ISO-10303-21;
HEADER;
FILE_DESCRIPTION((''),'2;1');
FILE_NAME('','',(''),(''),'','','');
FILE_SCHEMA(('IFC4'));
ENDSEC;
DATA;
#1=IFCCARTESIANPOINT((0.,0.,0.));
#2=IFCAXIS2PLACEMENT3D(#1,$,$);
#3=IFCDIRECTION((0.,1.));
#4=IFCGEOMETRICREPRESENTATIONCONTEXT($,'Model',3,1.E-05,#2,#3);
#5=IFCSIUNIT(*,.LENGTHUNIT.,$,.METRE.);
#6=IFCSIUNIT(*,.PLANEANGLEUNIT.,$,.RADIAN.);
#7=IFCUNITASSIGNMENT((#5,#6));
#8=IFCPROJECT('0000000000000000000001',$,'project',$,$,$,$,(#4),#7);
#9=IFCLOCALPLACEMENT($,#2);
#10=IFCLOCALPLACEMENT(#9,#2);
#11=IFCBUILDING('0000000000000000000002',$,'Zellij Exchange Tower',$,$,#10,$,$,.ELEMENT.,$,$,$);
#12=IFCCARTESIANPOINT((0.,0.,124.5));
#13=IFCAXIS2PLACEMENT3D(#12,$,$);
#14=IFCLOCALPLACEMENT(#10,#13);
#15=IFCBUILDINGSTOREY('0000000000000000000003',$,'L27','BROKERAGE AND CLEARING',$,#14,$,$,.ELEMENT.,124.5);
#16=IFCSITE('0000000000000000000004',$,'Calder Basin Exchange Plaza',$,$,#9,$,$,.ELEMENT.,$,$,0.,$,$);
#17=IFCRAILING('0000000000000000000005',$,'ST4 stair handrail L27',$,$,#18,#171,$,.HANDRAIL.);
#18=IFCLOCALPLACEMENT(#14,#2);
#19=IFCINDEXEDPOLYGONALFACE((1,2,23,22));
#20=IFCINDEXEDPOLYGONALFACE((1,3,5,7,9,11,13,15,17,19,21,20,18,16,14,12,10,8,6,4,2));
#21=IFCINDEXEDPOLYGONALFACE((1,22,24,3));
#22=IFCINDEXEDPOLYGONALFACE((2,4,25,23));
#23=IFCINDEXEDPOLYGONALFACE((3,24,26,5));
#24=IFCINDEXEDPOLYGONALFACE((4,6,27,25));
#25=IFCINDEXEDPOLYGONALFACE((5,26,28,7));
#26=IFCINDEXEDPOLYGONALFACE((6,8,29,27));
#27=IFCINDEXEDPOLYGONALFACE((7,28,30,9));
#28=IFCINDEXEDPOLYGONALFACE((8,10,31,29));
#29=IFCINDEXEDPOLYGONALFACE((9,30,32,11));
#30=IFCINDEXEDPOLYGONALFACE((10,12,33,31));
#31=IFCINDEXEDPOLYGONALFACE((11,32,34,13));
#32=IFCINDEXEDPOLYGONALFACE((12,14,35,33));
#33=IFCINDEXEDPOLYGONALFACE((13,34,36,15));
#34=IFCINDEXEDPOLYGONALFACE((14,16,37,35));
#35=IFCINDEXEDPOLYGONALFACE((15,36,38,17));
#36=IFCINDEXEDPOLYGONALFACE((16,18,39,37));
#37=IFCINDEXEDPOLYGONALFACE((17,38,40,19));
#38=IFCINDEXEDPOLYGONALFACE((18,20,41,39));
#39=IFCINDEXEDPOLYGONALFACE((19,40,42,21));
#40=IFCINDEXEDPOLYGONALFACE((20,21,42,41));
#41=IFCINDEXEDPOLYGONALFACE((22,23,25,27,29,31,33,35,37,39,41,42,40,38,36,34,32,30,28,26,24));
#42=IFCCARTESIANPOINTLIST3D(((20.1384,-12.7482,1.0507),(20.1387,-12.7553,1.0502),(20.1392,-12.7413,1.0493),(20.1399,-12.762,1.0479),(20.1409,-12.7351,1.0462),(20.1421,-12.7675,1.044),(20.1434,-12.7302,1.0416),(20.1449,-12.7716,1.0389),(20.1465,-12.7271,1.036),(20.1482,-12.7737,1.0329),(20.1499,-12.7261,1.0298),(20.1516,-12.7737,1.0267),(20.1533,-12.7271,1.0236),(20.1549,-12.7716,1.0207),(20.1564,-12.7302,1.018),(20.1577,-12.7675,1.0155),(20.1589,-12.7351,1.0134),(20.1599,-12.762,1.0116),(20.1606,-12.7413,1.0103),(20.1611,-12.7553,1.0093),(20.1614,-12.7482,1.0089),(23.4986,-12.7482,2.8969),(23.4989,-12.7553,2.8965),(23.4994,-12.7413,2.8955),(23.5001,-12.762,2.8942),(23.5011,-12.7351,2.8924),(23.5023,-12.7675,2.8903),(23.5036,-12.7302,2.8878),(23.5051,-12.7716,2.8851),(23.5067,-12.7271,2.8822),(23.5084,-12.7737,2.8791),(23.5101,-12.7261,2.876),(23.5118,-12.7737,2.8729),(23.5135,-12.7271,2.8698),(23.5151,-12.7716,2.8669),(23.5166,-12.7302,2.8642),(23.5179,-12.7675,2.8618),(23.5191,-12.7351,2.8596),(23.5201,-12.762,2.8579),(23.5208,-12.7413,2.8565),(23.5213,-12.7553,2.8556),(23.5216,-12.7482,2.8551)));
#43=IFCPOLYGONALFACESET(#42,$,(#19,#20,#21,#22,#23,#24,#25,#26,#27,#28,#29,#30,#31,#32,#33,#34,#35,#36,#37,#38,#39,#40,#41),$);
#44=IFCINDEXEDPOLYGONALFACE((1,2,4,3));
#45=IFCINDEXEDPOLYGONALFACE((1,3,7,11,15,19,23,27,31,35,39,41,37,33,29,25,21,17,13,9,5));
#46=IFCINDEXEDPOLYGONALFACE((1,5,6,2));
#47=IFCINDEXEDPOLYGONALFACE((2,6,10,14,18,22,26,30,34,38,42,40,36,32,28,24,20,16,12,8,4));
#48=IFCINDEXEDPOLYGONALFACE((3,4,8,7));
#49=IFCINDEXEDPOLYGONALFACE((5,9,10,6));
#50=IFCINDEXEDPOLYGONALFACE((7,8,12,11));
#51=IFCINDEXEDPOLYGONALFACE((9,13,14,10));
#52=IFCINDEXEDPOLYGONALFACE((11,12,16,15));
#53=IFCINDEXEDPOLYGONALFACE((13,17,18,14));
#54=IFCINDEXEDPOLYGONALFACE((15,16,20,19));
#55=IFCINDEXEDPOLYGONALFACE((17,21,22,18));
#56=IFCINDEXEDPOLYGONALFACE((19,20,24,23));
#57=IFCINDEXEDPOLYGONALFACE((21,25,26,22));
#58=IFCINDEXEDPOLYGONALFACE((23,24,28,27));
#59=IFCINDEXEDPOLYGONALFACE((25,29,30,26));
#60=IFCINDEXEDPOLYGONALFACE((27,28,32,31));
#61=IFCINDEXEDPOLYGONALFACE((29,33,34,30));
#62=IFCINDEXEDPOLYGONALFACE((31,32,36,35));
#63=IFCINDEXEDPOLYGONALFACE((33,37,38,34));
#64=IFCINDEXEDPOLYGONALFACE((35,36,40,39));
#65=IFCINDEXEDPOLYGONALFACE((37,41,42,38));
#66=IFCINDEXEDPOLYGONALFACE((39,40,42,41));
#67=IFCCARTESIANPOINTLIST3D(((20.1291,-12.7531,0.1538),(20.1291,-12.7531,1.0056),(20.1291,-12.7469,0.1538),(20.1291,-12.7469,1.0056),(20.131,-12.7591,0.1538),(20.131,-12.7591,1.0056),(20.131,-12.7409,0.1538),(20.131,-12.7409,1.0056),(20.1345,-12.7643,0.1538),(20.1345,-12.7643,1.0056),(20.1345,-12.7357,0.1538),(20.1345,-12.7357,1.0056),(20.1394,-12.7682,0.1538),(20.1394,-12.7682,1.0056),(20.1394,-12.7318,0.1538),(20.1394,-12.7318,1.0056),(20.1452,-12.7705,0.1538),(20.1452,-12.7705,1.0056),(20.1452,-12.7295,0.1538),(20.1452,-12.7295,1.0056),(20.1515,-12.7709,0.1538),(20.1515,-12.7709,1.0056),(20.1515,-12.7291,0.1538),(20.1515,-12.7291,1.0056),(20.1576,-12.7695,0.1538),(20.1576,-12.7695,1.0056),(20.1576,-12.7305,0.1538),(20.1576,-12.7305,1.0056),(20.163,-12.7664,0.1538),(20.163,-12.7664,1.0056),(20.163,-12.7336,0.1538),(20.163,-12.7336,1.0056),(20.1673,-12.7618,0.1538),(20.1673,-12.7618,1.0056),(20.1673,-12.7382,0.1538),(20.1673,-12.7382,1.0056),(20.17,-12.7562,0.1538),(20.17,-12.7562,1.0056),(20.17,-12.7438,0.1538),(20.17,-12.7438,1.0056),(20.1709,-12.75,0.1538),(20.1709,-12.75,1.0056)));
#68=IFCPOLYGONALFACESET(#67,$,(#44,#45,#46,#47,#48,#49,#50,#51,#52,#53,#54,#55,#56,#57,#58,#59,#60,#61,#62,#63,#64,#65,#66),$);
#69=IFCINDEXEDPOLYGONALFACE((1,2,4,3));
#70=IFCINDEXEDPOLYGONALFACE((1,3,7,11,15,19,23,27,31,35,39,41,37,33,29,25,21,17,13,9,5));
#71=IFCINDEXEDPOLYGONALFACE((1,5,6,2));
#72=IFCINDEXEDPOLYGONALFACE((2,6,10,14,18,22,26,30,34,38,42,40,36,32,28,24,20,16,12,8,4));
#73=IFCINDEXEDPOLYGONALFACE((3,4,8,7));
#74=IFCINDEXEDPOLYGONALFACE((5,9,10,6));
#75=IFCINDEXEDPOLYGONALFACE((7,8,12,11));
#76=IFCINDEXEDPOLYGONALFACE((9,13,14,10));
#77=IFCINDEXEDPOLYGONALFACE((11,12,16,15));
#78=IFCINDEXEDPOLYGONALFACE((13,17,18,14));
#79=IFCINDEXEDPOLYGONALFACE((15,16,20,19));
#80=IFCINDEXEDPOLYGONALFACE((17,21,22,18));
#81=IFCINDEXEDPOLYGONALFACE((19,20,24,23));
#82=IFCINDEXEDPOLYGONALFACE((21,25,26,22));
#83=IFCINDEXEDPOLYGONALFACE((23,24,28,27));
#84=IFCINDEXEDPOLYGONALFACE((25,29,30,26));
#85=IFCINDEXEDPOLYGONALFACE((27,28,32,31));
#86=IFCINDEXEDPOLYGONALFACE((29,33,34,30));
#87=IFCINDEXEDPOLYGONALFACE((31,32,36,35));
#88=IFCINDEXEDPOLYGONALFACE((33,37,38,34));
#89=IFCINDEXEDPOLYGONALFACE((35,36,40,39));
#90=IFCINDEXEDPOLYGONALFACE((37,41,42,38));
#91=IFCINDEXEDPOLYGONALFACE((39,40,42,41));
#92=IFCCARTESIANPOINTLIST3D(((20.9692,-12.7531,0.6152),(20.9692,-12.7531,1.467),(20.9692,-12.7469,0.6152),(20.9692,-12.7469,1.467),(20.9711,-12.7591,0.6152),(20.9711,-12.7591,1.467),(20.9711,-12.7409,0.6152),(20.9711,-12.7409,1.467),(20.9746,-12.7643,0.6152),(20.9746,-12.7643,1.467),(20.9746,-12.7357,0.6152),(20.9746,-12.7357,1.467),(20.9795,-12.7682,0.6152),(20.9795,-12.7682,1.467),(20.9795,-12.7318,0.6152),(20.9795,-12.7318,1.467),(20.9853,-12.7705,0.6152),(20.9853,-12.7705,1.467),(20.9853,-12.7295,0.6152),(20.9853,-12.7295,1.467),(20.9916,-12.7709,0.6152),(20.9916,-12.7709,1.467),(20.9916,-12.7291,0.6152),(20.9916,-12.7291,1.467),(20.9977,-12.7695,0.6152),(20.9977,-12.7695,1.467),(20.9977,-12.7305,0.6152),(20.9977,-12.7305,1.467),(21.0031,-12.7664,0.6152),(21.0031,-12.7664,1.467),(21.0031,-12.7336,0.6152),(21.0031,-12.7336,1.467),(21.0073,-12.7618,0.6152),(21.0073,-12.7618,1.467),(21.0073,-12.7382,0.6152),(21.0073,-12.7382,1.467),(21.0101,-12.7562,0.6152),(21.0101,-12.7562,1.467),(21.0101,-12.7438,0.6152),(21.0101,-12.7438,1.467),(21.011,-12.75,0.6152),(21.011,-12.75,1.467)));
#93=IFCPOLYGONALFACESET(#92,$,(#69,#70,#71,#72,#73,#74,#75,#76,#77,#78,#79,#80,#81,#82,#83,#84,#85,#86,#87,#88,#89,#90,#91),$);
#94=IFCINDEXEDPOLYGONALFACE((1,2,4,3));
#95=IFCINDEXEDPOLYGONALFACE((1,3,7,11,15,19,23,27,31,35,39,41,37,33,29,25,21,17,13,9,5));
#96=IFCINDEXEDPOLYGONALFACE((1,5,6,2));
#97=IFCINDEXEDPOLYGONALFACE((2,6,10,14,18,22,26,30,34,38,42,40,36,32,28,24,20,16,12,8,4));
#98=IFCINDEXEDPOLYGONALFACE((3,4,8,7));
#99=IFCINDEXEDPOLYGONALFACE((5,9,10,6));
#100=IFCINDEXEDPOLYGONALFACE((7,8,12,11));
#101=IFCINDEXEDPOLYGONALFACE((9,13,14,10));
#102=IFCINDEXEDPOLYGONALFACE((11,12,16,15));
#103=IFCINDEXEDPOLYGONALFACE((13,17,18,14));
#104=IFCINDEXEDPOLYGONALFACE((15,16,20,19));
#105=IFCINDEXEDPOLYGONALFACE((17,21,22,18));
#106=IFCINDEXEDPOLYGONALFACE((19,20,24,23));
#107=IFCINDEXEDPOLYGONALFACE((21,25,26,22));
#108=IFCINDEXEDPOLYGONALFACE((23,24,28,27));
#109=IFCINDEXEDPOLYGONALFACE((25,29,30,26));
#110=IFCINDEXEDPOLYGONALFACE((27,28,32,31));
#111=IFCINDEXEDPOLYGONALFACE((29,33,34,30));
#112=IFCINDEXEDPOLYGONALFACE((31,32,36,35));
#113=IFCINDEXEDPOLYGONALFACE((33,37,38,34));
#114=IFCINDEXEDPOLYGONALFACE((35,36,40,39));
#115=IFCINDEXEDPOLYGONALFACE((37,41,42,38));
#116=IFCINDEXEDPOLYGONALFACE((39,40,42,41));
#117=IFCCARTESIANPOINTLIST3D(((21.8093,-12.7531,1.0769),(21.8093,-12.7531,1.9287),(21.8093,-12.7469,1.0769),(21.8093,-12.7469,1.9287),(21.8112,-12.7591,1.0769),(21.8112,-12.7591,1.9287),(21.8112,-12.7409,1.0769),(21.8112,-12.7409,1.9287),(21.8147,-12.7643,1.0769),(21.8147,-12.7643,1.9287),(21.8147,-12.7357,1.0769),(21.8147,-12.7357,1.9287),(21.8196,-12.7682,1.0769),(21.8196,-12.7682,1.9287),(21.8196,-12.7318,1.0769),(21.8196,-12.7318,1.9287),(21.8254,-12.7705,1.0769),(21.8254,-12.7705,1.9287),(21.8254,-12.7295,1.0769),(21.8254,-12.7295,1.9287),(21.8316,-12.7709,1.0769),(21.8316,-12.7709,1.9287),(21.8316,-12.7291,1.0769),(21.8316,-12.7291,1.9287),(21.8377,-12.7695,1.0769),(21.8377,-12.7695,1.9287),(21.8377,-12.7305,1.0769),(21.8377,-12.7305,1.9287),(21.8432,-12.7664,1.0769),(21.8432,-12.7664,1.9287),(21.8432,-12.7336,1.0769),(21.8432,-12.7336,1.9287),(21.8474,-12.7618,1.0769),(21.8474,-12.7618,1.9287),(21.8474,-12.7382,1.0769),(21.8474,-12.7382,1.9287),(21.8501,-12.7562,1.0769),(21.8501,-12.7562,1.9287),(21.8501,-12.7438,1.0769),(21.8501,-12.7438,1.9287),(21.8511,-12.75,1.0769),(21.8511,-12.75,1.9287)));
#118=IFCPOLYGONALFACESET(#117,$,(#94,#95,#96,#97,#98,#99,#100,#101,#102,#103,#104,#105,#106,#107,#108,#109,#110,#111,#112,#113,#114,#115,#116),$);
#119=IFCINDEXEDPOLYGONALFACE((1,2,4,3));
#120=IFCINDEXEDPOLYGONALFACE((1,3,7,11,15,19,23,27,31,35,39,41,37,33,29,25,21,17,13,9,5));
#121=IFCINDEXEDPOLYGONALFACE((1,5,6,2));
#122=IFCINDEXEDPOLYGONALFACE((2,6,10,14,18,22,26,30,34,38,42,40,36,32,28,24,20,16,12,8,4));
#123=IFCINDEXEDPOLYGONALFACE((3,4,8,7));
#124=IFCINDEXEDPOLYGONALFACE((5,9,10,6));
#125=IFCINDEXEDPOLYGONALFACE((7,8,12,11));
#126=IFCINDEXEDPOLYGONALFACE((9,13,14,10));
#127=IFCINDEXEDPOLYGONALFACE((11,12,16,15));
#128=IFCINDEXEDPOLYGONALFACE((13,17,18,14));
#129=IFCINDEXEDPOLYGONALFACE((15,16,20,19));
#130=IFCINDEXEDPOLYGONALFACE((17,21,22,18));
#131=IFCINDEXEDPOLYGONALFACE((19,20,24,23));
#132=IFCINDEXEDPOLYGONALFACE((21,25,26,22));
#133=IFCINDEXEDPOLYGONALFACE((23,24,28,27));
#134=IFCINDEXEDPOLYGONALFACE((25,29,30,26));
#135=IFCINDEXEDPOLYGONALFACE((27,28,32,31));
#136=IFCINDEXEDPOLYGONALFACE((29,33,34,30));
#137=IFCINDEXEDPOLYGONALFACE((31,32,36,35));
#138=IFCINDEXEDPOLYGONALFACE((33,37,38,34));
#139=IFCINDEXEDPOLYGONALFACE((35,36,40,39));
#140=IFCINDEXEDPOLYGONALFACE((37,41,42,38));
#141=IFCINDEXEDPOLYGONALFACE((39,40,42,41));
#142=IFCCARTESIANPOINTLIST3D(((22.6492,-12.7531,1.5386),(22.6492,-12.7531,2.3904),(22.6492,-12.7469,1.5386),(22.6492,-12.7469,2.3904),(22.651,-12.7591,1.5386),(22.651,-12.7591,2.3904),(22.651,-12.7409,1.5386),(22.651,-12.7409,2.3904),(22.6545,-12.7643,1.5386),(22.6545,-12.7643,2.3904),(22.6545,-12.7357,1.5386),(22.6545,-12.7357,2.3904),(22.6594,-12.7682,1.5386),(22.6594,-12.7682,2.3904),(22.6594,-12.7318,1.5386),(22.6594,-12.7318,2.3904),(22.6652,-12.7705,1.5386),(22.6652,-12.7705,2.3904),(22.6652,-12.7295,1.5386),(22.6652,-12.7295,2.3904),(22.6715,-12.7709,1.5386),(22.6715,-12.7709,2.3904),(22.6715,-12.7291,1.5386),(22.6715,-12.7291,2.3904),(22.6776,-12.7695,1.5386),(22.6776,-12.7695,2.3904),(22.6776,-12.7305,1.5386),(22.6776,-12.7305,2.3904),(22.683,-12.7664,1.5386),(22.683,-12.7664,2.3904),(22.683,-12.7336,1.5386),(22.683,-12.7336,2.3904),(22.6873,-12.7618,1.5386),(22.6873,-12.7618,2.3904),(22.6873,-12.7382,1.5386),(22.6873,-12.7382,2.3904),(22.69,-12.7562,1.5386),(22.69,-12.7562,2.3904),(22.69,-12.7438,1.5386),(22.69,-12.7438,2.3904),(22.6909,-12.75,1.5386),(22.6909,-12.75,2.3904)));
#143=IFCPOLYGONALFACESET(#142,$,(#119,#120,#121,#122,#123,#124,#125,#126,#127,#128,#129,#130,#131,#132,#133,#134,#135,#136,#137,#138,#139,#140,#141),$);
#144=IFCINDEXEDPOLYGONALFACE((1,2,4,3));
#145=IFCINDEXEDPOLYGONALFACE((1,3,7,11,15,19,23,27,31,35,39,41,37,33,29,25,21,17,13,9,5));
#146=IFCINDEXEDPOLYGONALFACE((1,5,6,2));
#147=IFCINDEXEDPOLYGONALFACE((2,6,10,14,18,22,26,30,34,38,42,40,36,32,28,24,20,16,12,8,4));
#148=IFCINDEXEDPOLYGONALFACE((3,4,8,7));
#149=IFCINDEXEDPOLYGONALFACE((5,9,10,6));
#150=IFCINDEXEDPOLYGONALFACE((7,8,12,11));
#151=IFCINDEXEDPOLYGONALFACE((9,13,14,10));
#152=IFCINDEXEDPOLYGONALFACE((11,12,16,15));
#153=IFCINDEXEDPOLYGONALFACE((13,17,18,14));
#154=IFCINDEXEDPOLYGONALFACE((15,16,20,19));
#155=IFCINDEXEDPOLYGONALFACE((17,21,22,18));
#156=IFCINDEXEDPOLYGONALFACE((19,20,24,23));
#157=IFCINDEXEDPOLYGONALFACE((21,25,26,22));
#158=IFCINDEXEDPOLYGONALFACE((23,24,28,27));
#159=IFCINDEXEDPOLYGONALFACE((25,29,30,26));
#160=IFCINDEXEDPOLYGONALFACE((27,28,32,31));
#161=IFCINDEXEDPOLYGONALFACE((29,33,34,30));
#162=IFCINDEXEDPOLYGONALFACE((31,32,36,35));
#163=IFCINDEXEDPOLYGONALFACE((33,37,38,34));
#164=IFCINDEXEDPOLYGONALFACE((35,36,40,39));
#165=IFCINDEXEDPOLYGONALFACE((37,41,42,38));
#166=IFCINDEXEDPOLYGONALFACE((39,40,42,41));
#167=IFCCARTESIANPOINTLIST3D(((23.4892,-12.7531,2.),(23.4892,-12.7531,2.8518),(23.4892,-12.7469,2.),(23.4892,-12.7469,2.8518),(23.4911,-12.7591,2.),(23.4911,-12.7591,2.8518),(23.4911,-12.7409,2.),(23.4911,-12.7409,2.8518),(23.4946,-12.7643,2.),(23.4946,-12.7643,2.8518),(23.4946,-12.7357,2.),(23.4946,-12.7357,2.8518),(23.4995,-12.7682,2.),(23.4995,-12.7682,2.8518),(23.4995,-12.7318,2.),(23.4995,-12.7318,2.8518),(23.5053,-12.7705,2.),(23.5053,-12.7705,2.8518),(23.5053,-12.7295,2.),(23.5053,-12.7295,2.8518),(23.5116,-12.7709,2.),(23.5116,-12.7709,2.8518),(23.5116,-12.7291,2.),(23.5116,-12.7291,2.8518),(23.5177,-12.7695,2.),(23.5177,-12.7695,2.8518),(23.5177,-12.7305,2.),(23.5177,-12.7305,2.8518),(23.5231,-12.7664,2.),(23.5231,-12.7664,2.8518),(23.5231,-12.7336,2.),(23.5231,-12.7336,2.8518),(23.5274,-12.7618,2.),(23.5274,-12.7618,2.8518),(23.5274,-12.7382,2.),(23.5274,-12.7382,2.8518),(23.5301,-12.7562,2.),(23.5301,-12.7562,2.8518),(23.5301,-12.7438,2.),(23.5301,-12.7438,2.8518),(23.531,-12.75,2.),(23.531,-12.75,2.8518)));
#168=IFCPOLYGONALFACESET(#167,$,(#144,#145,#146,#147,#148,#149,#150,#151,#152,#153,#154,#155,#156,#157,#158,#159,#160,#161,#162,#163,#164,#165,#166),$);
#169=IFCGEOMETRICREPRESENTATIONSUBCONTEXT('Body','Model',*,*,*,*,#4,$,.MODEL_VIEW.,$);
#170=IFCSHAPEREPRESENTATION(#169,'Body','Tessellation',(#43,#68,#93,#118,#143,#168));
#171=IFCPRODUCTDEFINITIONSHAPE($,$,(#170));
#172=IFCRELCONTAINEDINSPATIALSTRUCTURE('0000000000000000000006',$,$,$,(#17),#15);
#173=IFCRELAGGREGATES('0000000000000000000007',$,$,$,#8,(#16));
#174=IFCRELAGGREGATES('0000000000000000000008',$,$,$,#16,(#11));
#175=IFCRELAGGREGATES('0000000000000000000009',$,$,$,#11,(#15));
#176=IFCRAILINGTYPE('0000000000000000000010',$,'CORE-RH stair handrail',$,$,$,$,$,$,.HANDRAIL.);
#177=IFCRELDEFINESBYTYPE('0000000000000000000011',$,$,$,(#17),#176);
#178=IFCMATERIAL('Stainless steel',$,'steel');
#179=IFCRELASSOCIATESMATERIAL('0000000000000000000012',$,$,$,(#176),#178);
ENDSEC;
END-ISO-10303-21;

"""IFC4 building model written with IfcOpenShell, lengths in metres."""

from ifc_helpers import new_model, si_unit, direction, frame, origin, origin_2d, place, context, subcontext, project, spatial, circle, extrude, material, type_object, element, save


model = new_model("IFC4")

# Units and contexts
model_context = context("Model", 3, precision=1e-05, world=origin(), true_north=direction((0.0, 1.0)))
body_context = subcontext(model_context, "Body", "Model", "MODEL_VIEW")
ifc_project = project(units=[si_unit("LENGTHUNIT", "METRE"), si_unit("PLANEANGLEUNIT", "RADIAN")], contexts=[model_context])

# Site, building, storey
site_placement = place(None, origin())
site = spatial("IfcSite", under=ifc_project, at=site_placement, Name="Calder Basin Exchange Plaza", CompositionType="ELEMENT", RefElevation=0.0)
building_placement = place(site_placement, origin())
building = spatial("IfcBuilding", under=site, at=building_placement, Name="Zellij Exchange Tower", CompositionType="ELEMENT")
storey_placement = place(building_placement, frame((0.0, 0.0, 124.5)))
storey = spatial("IfcBuildingStorey", under=building, at=storey_placement, Name="L27", Description="BROKERAGE AND CLEARING", CompositionType="ELEMENT", Elevation=124.5)

# Railing
ifc_material_1 = material(Name="Stainless steel", Category="steel")
railing_type_1 = type_object("IfcRailingType", Name="CORE-RH stair handrail", PredefinedType="HANDRAIL", material=ifc_material_1)
railing_1_placement = place(storey_placement, frame((20.1499, -12.75, 0.1538)))
element("IfcRailing", 1, at=railing_1_placement, inside=storey, type_object=railing_type_1, Name="ST4 stair handrail L27", PredefinedType="HANDRAIL", context=body_context, shape_type="SweptSolid", body=[
    extrude(circle(Radius=0.0239, at=origin_2d()), frame((0.0, 0.0, 0.876), z_axis=(0.876422, 0.0, 0.481545), x_axis=(0.0, 1.0, 0.0)), (0.0, 0.0, 1.0), 3.834),
    extrude(circle(Radius=0.021, at=origin_2d()), origin(), (0.0, 0.0, 1.0), 0.8518),
    extrude(circle(Radius=0.021, at=origin_2d()), frame((0.8401, 0.0, 0.4614)), (0.0, 0.0, 1.0), 0.8518),
    extrude(circle(Radius=0.021, at=origin_2d()), frame((1.6802, 0.0, 0.9231)), (0.0, 0.0, 1.0), 0.8518),
    extrude(circle(Radius=0.021, at=origin_2d()), frame((2.52, 0.0, 1.3848)), (0.0, 0.0, 1.0), 0.8518),
    extrude(circle(Radius=0.021, at=origin_2d()), frame((3.3601, 0.0, 1.8462)), (0.0, 0.0, 1.0), 0.8518),
])

save(model, "model.ifc")
